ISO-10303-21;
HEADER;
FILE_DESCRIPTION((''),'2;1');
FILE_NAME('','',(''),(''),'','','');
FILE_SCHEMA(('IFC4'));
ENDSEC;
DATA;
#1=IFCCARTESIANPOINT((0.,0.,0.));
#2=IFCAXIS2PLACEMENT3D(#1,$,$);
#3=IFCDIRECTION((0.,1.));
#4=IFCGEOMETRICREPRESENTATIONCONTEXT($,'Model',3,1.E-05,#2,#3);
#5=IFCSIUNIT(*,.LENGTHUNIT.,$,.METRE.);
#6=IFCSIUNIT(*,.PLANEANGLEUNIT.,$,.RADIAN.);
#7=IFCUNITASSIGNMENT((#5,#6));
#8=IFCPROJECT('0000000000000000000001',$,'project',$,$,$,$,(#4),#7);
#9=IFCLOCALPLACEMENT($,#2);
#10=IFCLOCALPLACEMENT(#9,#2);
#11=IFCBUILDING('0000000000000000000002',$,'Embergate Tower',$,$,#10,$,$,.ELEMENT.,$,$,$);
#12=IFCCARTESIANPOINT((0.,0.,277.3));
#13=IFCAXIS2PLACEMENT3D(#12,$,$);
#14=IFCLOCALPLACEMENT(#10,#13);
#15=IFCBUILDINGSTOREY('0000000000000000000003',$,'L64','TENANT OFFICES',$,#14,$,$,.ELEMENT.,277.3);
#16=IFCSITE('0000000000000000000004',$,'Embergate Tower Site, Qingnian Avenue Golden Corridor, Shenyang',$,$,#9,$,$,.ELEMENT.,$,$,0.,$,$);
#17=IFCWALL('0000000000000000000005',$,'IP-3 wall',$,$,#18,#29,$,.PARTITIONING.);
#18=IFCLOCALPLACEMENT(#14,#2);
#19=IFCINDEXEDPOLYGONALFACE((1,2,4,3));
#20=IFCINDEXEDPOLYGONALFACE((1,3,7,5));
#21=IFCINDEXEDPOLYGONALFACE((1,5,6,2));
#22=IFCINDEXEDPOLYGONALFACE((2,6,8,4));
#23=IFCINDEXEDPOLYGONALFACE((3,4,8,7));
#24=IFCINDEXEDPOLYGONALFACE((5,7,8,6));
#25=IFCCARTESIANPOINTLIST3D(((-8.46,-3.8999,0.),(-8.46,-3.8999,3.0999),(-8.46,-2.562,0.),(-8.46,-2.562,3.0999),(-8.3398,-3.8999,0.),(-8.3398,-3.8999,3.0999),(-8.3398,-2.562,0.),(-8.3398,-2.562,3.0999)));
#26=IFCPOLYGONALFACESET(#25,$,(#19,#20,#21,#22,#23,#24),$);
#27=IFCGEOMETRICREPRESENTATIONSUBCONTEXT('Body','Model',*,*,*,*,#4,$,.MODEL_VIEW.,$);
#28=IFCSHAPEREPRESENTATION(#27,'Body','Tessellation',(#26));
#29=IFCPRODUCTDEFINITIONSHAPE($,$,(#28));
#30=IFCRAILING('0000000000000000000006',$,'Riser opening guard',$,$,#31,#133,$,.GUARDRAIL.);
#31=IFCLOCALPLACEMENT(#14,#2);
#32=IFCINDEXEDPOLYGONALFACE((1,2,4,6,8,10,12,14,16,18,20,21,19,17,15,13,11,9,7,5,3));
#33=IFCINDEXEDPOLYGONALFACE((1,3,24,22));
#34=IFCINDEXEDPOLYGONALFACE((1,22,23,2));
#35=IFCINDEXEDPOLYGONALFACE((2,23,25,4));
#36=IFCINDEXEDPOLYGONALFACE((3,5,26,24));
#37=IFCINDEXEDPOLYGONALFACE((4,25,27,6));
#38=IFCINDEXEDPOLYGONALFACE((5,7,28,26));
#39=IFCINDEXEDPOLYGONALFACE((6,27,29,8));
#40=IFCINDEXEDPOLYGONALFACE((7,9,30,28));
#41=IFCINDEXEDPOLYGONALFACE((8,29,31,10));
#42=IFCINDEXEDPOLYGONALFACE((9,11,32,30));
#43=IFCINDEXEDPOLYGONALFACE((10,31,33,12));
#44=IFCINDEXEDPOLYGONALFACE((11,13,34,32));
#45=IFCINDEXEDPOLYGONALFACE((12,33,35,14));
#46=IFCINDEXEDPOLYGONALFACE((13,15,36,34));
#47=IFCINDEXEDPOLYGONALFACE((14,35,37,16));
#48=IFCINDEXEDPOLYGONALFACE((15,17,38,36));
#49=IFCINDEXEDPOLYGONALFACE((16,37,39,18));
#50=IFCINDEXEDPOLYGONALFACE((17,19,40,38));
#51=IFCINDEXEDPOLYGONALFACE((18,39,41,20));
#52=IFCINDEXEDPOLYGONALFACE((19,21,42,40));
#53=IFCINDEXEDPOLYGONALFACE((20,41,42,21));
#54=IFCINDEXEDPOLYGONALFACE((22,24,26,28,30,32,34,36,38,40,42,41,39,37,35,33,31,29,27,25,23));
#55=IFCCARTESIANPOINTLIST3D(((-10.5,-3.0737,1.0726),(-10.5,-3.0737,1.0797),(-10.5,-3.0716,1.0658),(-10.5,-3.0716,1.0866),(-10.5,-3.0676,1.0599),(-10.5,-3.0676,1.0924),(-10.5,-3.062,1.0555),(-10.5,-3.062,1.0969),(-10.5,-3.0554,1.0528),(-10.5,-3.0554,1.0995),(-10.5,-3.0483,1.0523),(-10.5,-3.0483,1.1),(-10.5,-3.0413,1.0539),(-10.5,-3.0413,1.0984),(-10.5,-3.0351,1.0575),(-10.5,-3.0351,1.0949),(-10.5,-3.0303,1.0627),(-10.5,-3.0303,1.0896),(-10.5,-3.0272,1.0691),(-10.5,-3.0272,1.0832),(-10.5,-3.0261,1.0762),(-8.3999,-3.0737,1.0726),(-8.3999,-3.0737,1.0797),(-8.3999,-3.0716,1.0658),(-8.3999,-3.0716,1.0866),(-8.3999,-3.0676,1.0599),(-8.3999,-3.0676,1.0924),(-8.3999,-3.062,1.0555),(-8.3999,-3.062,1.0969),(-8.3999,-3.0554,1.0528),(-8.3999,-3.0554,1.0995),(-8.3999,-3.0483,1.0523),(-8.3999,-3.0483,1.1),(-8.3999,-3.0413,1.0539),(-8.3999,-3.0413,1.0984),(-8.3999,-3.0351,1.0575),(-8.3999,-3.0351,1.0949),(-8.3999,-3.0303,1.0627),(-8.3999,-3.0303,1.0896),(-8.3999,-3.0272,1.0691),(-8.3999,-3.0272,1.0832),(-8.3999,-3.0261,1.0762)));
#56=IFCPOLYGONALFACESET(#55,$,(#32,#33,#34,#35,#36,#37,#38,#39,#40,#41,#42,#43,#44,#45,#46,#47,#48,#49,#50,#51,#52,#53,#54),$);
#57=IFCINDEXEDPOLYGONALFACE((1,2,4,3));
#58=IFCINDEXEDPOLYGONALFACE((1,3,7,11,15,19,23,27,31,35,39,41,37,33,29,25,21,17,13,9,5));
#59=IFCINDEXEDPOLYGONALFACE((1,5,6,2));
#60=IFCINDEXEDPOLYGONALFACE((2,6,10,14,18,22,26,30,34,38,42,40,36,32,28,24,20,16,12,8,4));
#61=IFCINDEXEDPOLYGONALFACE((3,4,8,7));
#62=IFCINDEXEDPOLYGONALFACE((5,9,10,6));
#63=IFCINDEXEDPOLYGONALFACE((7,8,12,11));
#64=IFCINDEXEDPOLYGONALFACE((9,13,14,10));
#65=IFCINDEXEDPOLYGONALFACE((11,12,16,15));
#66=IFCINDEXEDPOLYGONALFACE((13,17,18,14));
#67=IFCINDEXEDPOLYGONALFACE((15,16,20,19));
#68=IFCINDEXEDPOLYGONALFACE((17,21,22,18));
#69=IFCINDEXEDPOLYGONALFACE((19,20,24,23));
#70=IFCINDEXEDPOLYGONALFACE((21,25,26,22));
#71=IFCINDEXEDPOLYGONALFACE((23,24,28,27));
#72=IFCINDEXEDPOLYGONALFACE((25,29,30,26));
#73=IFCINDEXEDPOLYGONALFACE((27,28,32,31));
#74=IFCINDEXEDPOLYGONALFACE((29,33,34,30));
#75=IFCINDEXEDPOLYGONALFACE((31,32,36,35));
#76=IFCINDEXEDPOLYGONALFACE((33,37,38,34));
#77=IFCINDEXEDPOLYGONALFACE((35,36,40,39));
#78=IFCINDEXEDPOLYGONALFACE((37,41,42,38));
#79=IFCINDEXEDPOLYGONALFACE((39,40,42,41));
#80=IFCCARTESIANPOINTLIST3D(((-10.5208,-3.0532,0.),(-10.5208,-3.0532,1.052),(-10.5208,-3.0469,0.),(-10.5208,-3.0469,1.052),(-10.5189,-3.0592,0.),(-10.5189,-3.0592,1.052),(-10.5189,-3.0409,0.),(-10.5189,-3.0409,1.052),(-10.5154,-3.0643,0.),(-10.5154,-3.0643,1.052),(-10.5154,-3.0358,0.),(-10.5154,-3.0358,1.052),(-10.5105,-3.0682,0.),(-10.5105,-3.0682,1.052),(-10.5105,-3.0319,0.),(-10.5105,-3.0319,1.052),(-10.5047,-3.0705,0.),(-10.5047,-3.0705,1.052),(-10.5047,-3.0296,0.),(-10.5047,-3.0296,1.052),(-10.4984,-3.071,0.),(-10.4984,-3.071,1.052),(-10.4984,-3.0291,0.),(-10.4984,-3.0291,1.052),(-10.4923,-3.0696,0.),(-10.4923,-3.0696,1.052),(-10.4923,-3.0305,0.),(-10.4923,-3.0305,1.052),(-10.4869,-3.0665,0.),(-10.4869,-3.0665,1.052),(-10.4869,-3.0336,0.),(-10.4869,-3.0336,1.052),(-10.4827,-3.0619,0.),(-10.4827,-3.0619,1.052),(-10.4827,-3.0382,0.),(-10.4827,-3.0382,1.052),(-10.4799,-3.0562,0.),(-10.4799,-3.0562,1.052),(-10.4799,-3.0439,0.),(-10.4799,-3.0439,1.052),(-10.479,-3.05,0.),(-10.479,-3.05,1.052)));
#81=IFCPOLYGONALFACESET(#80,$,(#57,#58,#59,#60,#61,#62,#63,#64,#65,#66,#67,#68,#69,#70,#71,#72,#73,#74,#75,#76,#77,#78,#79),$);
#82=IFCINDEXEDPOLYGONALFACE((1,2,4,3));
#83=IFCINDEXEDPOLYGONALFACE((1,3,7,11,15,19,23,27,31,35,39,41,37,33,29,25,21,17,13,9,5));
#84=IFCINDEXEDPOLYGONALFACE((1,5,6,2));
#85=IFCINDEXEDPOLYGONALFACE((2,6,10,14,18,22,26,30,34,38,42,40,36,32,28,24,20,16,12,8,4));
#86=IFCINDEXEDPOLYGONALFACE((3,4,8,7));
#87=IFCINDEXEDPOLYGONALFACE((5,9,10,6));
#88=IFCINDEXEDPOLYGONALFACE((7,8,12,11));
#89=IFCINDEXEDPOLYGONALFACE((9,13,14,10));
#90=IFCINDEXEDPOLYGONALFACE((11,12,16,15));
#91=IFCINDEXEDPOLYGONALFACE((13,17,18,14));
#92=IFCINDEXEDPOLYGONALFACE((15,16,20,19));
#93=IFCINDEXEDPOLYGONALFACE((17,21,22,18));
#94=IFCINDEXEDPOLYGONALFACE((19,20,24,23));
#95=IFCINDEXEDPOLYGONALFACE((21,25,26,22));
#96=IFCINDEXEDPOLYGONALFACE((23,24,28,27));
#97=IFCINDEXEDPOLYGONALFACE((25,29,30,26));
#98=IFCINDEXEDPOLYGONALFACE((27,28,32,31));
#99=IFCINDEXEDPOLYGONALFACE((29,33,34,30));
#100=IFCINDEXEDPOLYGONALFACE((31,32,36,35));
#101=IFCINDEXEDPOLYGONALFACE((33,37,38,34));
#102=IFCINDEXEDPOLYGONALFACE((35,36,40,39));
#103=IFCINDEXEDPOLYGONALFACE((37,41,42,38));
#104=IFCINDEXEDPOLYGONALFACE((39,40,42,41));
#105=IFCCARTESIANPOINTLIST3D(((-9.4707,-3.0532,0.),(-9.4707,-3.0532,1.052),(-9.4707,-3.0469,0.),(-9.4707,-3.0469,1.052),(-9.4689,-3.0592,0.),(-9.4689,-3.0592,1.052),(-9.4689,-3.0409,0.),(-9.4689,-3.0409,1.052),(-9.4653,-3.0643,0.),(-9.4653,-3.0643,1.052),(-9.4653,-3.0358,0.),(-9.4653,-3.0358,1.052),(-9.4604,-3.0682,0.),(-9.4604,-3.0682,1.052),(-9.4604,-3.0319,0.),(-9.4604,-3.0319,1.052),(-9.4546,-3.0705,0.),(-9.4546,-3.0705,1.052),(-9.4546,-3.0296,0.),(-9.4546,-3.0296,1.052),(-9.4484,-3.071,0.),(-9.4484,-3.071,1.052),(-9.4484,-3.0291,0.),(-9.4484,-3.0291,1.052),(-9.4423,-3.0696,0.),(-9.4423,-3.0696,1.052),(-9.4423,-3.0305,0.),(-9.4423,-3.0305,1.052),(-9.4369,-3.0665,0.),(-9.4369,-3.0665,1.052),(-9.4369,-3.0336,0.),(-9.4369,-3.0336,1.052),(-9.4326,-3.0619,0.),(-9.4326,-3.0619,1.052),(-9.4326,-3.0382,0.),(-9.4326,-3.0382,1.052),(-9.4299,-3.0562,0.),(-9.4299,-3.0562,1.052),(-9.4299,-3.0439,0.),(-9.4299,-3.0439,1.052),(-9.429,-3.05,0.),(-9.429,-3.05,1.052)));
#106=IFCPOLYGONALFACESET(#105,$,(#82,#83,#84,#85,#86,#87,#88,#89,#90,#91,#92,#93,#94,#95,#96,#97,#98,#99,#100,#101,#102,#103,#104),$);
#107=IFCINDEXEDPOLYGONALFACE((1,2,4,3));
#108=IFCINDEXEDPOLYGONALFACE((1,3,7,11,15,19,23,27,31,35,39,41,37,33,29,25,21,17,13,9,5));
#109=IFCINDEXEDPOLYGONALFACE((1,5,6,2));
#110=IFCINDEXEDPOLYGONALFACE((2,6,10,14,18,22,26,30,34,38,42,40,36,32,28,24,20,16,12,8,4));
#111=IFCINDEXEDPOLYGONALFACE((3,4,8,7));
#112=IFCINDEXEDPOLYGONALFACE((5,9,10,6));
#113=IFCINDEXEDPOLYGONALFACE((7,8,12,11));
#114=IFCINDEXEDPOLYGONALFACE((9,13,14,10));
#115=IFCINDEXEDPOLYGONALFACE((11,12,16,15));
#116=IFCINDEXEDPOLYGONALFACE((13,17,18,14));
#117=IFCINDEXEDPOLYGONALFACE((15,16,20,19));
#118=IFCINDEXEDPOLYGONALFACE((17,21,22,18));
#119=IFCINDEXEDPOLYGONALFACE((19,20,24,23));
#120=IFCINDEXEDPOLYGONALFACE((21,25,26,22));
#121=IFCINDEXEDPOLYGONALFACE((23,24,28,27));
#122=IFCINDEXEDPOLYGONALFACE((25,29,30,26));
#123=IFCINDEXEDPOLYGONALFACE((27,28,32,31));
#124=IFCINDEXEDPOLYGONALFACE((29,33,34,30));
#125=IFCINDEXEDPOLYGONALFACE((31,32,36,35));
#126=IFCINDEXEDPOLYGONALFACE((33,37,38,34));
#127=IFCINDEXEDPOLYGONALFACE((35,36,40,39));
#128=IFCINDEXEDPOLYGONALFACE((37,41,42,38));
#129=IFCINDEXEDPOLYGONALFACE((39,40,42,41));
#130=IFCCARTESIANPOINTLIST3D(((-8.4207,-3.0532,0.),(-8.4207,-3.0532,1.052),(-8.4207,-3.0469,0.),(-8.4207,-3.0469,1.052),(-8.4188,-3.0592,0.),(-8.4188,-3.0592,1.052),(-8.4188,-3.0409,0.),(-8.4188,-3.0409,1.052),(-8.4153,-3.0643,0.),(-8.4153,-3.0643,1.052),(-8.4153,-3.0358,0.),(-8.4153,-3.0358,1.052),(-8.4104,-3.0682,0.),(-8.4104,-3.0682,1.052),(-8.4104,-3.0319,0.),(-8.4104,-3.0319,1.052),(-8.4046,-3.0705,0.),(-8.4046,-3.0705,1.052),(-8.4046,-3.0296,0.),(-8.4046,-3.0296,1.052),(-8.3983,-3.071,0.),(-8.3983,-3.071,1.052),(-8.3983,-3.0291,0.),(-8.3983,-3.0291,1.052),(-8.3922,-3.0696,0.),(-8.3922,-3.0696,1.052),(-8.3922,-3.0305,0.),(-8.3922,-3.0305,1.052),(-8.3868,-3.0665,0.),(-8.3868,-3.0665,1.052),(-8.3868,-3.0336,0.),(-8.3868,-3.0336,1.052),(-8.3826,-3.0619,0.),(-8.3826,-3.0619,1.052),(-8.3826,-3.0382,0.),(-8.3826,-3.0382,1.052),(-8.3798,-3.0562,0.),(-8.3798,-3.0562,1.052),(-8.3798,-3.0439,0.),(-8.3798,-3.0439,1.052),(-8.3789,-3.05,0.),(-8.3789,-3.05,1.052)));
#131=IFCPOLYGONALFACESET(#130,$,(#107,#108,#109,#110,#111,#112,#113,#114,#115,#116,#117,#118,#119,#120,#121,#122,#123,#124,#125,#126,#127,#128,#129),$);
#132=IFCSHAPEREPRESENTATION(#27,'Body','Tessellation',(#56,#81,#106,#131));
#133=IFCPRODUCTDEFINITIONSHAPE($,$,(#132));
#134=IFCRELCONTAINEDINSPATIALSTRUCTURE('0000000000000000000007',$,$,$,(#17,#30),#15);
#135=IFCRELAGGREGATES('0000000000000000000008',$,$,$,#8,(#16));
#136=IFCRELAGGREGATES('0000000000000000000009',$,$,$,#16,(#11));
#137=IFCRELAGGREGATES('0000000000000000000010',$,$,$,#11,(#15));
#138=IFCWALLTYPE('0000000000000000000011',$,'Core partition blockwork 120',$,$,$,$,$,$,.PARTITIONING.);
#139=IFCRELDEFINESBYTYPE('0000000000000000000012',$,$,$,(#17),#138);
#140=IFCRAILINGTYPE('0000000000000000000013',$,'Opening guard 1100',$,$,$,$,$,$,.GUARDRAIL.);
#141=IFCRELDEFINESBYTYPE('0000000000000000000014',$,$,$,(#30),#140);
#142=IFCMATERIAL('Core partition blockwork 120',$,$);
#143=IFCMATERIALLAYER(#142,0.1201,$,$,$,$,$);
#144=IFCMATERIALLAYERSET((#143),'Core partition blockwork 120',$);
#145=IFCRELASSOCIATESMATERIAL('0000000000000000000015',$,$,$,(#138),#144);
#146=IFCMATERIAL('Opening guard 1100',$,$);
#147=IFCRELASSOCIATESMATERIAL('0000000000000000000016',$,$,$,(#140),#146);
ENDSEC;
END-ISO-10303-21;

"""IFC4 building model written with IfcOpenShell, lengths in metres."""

from ifc_helpers import new_model, si_unit, direction, frame, frame_2d, origin, origin_2d, place, context, subcontext, project, spatial, rectangle, circle, extrude, source, transform, mapped, material, layer, layer_set, type_object, element, save


model = new_model("IFC4")

# Units and contexts
model_context = context("Model", 3, precision=1e-05, world=origin(), true_north=direction((0.0, 1.0)))
body_context = subcontext(model_context, "Body", "Model", "MODEL_VIEW")
ifc_project = project(units=[si_unit("LENGTHUNIT", "METRE"), si_unit("PLANEANGLEUNIT", "RADIAN")], contexts=[model_context])

# Site, building, storey
site_placement = place(None, origin())
site = spatial("IfcSite", under=ifc_project, at=site_placement, Name="Embergate Tower Site, Qingnian Avenue Golden Corridor, Shenyang", CompositionType="ELEMENT", RefElevation=0.0)
building_placement = place(site_placement, origin())
building = spatial("IfcBuilding", under=site, at=building_placement, Name="Embergate Tower", CompositionType="ELEMENT")
storey_placement = place(building_placement, frame((0.0, 0.0, 277.3)))
storey = spatial("IfcBuildingStorey", under=building, at=storey_placement, Name="L64", Description="TENANT OFFICES", CompositionType="ELEMENT", Elevation=277.3)

# Shared definitions
ifc_material_1 = material(Name="Core partition blockwork 120")
ifc_layer_1 = layer(ifc_material_1, 0.1201)
ifc_layer_set_1 = layer_set([ifc_layer_1], Name="Core partition blockwork 120")
wall_type_1 = type_object("IfcWallType", Name="Core partition blockwork 120", PredefinedType="PARTITIONING", material=ifc_layer_set_1)

# Wall
shared_shape_1 = source(origin(), body_context, "Body", "SweptSolid", [
    extrude(rectangle(XDim=1.3379, YDim=0.1201, at=frame_2d((0.6689, 0.0))), origin(), (0.0, 0.0, 1.0), 3.0999),
])
wall_1_placement = place(storey_placement, frame((-8.3999, -3.8999, 0.0), z_axis=(0.0, 0.0, 1.0), x_axis=(0.0, 1.0, 0.0)))
element("IfcWall", 1, at=wall_1_placement, inside=storey, type_object=wall_type_1, Name="IP-3 wall", PredefinedType="PARTITIONING", context=body_context, shape_type="MappedRepresentation", body=[
    mapped(shared_shape_1, transform((0.0, 0.0, 0.0))),
])

# Railing
ifc_material_2 = material(Name="Opening guard 1100")
railing_type = type_object("IfcRailingType", Name="Opening guard 1100", PredefinedType="GUARDRAIL", material=ifc_material_2)
shared_shape_2 = source(origin(), body_context, "Body", "SweptSolid", [
    extrude(circle(Radius=0.0239, at=origin_2d()), frame((0.0, 0.0, 1.0762), z_axis=(1.0, 0.0, 0.0), x_axis=(0.0, 1.0, 0.0)), (0.0, 0.0, 1.0), 2.1001),
    extrude(circle(Radius=0.021, at=origin_2d()), origin(), (0.0, 0.0, 1.0), 1.052),
    extrude(circle(Radius=0.021, at=origin_2d()), frame((1.05, 0.0, 0.0)), (0.0, 0.0, 1.0), 1.052),
    extrude(circle(Radius=0.021, at=origin_2d()), frame((2.1001, 0.0, 0.0)), (0.0, 0.0, 1.0), 1.052),
])
railing_placement = place(storey_placement, frame((-10.5, -3.05, 0.0)))
element("IfcRailing", 2, at=railing_placement, inside=storey, type_object=railing_type, Name="Riser opening guard", PredefinedType="GUARDRAIL", context=body_context, shape_type="MappedRepresentation", body=[
    mapped(shared_shape_2, transform((0.0, 0.0, 0.0))),
])

save(model, "model.ifc")
